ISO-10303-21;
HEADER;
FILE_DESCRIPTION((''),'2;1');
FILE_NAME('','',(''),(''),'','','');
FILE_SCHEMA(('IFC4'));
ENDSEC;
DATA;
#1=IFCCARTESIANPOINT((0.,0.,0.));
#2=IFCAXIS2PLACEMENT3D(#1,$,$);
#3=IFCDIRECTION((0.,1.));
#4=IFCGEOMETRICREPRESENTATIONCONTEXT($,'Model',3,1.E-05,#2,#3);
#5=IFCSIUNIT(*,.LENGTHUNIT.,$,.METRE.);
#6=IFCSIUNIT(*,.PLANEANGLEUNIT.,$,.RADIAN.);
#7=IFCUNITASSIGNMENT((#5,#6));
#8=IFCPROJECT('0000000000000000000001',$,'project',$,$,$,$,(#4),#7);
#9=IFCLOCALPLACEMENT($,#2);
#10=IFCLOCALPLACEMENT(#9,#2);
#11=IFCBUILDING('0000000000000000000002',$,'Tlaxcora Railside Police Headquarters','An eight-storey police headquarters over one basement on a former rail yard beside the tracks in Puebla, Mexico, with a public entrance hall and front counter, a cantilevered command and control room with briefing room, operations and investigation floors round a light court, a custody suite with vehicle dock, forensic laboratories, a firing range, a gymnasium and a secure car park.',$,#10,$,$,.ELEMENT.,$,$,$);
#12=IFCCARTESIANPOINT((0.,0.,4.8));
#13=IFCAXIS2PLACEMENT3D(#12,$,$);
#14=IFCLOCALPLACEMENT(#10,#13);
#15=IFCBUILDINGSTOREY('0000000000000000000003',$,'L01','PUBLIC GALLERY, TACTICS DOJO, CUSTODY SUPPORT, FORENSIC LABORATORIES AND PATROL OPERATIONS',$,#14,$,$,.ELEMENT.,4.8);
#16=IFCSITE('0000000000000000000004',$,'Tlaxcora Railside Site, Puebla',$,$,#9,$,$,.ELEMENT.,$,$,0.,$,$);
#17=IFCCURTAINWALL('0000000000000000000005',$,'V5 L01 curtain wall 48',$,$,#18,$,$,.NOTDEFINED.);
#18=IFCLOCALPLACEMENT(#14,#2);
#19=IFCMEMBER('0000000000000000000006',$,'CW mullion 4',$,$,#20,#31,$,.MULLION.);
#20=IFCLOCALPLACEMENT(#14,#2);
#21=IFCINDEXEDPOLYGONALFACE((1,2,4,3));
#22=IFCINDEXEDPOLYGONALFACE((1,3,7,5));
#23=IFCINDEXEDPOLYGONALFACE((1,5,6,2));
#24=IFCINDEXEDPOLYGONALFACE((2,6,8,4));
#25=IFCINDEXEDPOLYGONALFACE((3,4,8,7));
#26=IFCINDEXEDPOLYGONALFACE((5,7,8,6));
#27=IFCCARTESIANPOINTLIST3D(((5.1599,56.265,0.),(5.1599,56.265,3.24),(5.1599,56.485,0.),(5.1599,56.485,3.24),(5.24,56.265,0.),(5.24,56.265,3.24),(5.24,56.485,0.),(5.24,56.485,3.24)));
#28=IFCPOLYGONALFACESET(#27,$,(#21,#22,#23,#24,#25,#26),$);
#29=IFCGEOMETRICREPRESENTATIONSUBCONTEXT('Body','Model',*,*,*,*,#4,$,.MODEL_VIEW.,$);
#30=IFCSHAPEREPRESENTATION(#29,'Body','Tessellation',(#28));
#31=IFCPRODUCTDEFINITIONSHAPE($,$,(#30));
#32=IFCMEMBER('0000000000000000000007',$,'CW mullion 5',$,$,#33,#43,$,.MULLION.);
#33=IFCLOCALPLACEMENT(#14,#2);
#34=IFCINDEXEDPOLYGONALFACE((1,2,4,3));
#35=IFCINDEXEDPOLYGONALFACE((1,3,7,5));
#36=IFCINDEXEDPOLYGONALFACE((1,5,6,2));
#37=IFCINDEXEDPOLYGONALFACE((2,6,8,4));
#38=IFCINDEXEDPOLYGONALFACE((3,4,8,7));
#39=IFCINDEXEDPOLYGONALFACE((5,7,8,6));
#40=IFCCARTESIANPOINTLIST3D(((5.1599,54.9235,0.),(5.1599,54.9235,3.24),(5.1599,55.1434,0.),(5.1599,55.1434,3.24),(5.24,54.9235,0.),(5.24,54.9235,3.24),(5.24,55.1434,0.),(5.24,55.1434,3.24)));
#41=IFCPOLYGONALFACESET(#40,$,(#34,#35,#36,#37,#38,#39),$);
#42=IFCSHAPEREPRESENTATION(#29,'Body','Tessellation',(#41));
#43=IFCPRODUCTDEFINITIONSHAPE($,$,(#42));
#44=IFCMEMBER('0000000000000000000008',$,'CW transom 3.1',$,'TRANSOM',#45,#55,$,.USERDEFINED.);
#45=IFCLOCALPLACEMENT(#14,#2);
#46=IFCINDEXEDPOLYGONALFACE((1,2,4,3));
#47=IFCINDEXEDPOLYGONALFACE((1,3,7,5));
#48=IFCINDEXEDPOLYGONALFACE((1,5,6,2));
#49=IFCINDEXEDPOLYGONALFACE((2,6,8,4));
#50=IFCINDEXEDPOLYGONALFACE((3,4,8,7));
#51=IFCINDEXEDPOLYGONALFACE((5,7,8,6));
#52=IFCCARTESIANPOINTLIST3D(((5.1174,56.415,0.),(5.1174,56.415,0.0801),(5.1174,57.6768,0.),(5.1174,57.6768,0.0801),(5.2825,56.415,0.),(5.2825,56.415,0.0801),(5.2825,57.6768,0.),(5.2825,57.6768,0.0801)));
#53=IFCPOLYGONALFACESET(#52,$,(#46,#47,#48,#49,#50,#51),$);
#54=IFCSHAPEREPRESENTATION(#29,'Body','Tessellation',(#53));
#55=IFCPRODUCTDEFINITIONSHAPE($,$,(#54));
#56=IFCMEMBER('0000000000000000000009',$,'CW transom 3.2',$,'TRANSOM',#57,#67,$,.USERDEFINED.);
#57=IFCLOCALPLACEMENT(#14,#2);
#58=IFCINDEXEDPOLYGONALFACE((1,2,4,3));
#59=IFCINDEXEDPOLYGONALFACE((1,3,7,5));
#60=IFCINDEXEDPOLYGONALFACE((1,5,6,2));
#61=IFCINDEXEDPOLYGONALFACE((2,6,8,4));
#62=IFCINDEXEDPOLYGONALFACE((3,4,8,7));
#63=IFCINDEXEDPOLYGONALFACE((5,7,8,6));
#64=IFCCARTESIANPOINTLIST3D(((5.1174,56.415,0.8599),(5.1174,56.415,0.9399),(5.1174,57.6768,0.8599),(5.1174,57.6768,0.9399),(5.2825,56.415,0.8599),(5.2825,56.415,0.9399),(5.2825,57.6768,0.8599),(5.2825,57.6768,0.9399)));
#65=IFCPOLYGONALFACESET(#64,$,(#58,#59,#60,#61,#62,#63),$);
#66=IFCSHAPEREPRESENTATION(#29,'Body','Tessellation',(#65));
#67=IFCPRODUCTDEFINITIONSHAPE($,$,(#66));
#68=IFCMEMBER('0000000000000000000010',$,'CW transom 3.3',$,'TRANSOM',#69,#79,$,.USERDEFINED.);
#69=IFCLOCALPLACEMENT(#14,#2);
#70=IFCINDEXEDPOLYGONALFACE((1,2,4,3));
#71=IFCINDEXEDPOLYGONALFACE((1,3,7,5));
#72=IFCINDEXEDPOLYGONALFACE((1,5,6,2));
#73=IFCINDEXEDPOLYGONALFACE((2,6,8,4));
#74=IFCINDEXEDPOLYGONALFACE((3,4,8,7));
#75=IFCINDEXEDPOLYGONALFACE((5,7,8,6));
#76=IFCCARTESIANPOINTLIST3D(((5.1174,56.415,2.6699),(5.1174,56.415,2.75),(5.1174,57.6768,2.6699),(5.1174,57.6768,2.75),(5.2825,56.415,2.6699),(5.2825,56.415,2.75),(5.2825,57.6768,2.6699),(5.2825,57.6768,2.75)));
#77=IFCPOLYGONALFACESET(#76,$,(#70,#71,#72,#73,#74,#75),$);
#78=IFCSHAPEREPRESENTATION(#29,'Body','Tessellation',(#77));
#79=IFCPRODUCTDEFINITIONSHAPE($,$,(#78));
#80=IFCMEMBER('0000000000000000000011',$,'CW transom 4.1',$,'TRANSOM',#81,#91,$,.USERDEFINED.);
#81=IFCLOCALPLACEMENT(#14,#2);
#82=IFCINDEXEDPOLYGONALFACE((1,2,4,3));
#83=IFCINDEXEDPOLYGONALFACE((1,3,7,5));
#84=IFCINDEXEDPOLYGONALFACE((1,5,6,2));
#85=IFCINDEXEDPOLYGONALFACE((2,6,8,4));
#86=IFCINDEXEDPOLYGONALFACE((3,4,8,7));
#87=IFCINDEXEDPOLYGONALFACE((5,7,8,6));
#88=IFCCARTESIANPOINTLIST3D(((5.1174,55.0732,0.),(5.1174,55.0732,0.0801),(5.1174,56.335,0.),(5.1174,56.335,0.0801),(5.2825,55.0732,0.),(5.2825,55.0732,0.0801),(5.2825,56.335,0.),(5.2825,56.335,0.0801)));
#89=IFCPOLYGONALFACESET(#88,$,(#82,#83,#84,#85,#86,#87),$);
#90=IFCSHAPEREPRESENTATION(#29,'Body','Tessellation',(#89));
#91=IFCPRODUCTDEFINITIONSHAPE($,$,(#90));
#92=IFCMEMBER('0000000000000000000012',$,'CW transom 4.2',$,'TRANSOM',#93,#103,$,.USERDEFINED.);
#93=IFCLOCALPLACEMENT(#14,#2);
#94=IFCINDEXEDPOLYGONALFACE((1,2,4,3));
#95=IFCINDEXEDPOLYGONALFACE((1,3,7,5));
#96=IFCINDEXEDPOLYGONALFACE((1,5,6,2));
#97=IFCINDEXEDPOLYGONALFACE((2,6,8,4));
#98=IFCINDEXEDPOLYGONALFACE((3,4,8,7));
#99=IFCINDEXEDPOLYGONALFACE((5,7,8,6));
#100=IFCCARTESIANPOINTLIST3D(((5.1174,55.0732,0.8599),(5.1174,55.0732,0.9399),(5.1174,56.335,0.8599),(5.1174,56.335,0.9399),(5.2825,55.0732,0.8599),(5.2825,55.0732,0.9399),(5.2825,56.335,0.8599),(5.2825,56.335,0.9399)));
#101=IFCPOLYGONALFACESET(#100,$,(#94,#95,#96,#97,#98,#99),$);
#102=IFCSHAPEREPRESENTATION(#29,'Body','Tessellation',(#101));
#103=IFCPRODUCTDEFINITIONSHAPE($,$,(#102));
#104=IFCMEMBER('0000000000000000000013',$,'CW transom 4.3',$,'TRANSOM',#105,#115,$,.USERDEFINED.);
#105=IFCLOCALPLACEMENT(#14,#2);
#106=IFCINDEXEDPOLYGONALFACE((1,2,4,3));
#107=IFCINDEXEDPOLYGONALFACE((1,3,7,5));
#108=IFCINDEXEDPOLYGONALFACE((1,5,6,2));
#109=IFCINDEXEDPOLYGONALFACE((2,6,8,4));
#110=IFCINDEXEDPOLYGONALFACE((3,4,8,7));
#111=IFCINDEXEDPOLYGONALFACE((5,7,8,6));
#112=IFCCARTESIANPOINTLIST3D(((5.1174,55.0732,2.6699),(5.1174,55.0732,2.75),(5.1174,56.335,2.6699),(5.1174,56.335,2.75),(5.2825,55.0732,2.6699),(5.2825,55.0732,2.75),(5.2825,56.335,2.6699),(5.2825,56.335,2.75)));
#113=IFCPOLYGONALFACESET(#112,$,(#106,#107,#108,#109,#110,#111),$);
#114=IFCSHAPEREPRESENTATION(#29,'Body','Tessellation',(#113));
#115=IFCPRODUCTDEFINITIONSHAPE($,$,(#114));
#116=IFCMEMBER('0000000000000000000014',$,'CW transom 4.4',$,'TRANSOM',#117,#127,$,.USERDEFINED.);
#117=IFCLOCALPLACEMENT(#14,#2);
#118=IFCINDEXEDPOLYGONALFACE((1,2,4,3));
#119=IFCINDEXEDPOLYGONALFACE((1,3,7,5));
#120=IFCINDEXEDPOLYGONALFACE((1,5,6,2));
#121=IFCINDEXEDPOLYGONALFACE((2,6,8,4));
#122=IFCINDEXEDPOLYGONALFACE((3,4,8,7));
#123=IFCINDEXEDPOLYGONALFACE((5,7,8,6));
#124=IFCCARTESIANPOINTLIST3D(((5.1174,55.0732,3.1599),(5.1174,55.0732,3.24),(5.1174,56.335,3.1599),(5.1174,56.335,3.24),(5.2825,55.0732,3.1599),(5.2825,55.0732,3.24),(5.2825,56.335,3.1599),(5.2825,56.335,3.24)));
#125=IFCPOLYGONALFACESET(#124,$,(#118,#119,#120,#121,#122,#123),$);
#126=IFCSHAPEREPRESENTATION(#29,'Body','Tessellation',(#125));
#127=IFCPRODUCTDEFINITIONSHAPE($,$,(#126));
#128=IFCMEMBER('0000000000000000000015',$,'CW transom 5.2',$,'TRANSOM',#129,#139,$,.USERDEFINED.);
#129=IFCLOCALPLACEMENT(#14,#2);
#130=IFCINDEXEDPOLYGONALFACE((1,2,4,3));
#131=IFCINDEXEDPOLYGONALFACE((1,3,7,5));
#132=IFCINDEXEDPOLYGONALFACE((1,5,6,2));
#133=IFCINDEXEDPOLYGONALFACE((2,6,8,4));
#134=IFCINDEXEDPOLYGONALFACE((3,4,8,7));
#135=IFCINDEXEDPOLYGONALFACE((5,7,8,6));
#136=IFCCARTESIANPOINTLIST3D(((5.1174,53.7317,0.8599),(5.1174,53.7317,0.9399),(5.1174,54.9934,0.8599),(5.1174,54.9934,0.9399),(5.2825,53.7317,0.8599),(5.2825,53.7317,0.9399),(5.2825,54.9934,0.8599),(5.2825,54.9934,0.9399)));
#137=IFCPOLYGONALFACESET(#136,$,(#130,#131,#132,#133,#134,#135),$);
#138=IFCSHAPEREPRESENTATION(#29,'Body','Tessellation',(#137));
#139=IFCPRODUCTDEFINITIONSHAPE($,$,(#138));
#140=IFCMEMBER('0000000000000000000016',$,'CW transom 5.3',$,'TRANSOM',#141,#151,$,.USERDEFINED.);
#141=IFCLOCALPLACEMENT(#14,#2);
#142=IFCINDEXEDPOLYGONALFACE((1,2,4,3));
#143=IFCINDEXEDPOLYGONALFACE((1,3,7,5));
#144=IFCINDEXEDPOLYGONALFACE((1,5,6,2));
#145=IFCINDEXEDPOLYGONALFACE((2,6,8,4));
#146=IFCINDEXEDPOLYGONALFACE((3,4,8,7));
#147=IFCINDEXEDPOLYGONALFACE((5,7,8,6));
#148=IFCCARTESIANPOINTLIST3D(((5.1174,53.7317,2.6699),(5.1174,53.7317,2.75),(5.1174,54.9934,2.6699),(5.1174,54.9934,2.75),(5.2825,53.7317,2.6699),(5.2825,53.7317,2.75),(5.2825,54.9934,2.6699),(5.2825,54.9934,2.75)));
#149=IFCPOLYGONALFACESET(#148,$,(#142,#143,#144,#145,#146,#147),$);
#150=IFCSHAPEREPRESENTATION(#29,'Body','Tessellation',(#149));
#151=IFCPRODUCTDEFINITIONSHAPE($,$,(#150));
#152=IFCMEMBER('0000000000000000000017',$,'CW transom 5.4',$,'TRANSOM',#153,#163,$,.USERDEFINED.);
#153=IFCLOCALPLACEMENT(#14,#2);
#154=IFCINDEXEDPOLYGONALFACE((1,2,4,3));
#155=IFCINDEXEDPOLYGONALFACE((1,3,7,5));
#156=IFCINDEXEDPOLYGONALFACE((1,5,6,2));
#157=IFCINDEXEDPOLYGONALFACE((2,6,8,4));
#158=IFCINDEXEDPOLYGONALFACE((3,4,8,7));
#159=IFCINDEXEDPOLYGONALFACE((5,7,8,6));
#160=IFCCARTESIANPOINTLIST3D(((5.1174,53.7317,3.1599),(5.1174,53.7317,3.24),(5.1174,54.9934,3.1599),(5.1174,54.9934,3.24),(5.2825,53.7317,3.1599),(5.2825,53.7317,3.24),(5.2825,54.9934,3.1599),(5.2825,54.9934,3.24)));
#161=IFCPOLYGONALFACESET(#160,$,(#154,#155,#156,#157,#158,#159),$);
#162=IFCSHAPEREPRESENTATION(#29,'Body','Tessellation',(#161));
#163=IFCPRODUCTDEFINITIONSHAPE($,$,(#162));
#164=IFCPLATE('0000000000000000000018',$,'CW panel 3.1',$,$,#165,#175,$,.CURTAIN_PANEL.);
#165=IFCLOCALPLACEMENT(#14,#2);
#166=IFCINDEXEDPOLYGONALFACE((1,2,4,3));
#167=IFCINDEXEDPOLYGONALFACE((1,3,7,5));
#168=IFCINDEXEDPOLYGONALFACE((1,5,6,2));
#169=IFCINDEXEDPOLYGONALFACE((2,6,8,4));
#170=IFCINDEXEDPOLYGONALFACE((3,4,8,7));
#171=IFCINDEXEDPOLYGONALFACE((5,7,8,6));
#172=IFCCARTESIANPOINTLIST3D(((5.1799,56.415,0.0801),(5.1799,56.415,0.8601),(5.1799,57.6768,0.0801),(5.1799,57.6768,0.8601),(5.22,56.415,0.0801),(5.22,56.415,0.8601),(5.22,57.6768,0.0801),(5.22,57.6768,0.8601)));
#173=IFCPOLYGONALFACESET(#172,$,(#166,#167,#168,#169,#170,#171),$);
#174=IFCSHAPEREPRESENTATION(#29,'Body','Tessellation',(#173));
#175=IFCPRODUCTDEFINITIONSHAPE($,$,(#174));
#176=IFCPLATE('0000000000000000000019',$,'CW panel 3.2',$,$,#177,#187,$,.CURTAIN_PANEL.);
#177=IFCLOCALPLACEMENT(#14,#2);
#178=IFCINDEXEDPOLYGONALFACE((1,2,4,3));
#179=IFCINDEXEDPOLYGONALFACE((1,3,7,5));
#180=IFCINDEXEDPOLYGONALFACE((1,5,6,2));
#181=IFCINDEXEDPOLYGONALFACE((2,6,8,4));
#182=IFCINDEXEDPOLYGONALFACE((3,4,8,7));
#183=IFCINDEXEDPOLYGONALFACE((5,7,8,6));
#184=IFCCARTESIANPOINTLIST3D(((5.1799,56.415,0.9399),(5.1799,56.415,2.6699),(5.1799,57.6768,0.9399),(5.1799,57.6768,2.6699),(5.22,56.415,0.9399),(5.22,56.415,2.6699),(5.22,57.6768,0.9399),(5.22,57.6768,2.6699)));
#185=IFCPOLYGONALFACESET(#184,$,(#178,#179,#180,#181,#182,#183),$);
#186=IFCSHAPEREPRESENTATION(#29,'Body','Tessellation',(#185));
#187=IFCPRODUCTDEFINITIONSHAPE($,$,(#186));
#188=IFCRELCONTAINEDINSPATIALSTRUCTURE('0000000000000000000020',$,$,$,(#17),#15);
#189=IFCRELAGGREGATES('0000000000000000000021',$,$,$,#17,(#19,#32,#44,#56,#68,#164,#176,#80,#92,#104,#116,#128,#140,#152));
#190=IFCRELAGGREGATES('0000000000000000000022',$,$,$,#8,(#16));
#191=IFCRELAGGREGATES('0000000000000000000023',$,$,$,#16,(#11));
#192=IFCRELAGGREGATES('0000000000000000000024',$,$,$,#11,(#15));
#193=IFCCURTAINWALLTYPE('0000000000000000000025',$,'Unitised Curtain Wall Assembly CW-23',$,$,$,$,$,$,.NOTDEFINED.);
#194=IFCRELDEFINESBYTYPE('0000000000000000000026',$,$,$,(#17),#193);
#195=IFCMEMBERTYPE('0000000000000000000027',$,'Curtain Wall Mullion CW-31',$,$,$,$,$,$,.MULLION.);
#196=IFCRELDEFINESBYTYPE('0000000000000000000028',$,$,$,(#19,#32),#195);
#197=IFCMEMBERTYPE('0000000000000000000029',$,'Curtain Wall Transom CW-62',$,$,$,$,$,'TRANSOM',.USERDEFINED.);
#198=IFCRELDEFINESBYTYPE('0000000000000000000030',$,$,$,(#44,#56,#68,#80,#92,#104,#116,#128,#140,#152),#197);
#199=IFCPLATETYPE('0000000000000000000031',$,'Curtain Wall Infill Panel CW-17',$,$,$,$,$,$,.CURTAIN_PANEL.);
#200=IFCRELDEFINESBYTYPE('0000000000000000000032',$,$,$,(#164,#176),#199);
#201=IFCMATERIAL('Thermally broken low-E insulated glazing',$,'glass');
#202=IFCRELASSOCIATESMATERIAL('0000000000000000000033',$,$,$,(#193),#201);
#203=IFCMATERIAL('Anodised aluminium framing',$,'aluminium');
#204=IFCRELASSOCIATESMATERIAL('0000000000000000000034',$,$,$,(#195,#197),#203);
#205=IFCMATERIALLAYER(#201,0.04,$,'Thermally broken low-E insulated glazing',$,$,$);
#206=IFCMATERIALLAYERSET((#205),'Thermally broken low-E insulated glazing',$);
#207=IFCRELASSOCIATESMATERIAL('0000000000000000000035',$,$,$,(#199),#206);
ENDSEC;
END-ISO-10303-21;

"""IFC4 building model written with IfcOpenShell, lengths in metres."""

from ifc_helpers import new_model, si_unit, direction, frame, origin, origin_2d, place, context, subcontext, project, spatial, rectangle, extrude, material, layer, layer_set, material_profile, profile_set, type_object, element, aggregate, save


model = new_model("IFC4")

# Units and contexts
model_context = context("Model", 3, precision=1e-05, world=origin(), true_north=direction((0.0, 1.0)))
body_context = subcontext(model_context, "Body", "Model", "MODEL_VIEW")
ifc_project = project(units=[si_unit("LENGTHUNIT", "METRE"), si_unit("PLANEANGLEUNIT", "RADIAN")], contexts=[model_context])

# Site, building, storey
site_placement = place(None, origin())
site = spatial("IfcSite", under=ifc_project, at=site_placement, Name="Tlaxcora Railside Site, Puebla", CompositionType="ELEMENT", RefElevation=0.0)
building_placement = place(site_placement, origin())
building = spatial("IfcBuilding", under=site, at=building_placement, Name="Tlaxcora Railside Police Headquarters", Description="An eight-storey police headquarters over one basement on a former rail yard beside the tracks in Puebla, Mexico, with a public entrance hall and front counter, a cantilevered command and control room with briefing room, operations and investigation floors round a light court, a custody suite with vehicle dock, forensic laboratories, a firing range, a gymnasium and a secure car park.", CompositionType="ELEMENT")
storey_placement = place(building_placement, frame((0.0, 0.0, 4.8)))
storey = spatial("IfcBuildingStorey", under=building, at=storey_placement, Name="L01", Description="PUBLIC GALLERY, TACTICS DOJO, CUSTODY SUPPORT, FORENSIC LABORATORIES AND PATROL OPERATIONS", CompositionType="ELEMENT", Elevation=4.8)

# Curtain wall, members, plates
ifc_material_1 = material(Name="Thermally broken low-E insulated glazing", Category="glass")
curtain_wall_type = type_object("IfcCurtainWallType", Name="Unitised Curtain Wall Assembly CW-23", PredefinedType="NOTDEFINED", material=ifc_material_1)
curtain_wall_placement = place(storey_placement, origin())
curtain_wall = element("IfcCurtainWall", 1, at=curtain_wall_placement, inside=storey, type_object=curtain_wall_type, Name="V5 L01 curtain wall 48", PredefinedType="NOTDEFINED")
ifc_material_2 = material(Name="Anodised aluminium framing", Category="aluminium")
ifc_material_profile_1 = material_profile(ifc_material_2, rectangle(XDim=0.0801, YDim=0.22, at=origin_2d()), Name="AL80X220")
ifc_profile_set_1 = profile_set([ifc_material_profile_1], Name="Anodised aluminium framing")
member_type_1 = type_object("IfcMemberType", Name="Curtain Wall Mullion CW-31", PredefinedType="MULLION", material=ifc_profile_set_1)
member_1_placement = place(storey_placement, frame((5.2, 56.375, 0.0), z_axis=(0.0, 0.0, 1.0), x_axis=(1.0, 0.0, 0.0)))
member_1 = element("IfcMember", 2, at=member_1_placement, type_object=member_type_1, Name="CW mullion 4", PredefinedType="MULLION", context=body_context, shape_type="SweptSolid", body=[
    extrude(rectangle(XDim=0.0801, YDim=0.22, at=origin_2d()), origin(), (0.0, 0.0, 1.0), 3.24),
])
member_2_placement = place(storey_placement, frame((5.2, 55.0334, 0.0), z_axis=(0.0, 0.0, 1.0), x_axis=(1.0, 0.0, 0.0)))
member_2 = element("IfcMember", 3, at=member_2_placement, type_object=member_type_1, Name="CW mullion 5", PredefinedType="MULLION", context=body_context, shape_type="SweptSolid", body=[
    extrude(rectangle(XDim=0.0801, YDim=0.22, at=origin_2d()), origin(), (0.0, 0.0, 1.0), 3.24),
])
ifc_material_profile_2 = material_profile(ifc_material_2, rectangle(XDim=0.165, YDim=0.0801, at=origin_2d()), Name="AL80X165")
ifc_profile_set_2 = profile_set([ifc_material_profile_2], Name="Anodised aluminium framing")
member_type_2 = type_object("IfcMemberType", Name="Curtain Wall Transom CW-62", ElementType="TRANSOM", PredefinedType="USERDEFINED", material=ifc_profile_set_2)
member_3_placement = place(storey_placement, frame((5.2, 57.6768, 0.04), z_axis=(0.0, -1.0, 0.0), x_axis=(1.0, 0.0, 0.0)))
member_3 = element("IfcMember", 4, at=member_3_placement, type_object=member_type_2, Name="CW transom 3.1", ObjectType="TRANSOM", PredefinedType="USERDEFINED", context=body_context, shape_type="SweptSolid", body=[
    extrude(rectangle(XDim=0.165, YDim=0.0801, at=origin_2d()), origin(), (0.0, 0.0, 1.0), 1.2617),
])
member_4_placement = place(storey_placement, frame((5.2, 57.6768, 0.8999), z_axis=(0.0, -1.0, 0.0), x_axis=(1.0, 0.0, 0.0)))
member_4 = element("IfcMember", 5, at=member_4_placement, type_object=member_type_2, Name="CW transom 3.2", ObjectType="TRANSOM", PredefinedType="USERDEFINED", context=body_context, shape_type="SweptSolid", body=[
    extrude(rectangle(XDim=0.165, YDim=0.0801, at=origin_2d()), origin(), (0.0, 0.0, 1.0), 1.2617),
])
member_5_placement = place(storey_placement, frame((5.2, 57.6768, 2.71), z_axis=(0.0, -1.0, 0.0), x_axis=(1.0, 0.0, 0.0)))
member_5 = element("IfcMember", 6, at=member_5_placement, type_object=member_type_2, Name="CW transom 3.3", ObjectType="TRANSOM", PredefinedType="USERDEFINED", context=body_context, shape_type="SweptSolid", body=[
    extrude(rectangle(XDim=0.165, YDim=0.0801, at=origin_2d()), origin(), (0.0, 0.0, 1.0), 1.2617),
])
member_6_placement = place(storey_placement, frame((5.2, 56.335, 0.04), z_axis=(0.0, -1.0, 0.0), x_axis=(1.0, 0.0, 0.0)))
member_6 = element("IfcMember", 7, at=member_6_placement, type_object=member_type_2, Name="CW transom 4.1", ObjectType="TRANSOM", PredefinedType="USERDEFINED", context=body_context, shape_type="SweptSolid", body=[
    extrude(rectangle(XDim=0.165, YDim=0.0801, at=origin_2d()), origin(), (0.0, 0.0, 1.0), 1.2617),
])
member_7_placement = place(storey_placement, frame((5.2, 56.335, 0.8999), z_axis=(0.0, -1.0, 0.0), x_axis=(1.0, 0.0, 0.0)))
member_7 = element("IfcMember", 8, at=member_7_placement, type_object=member_type_2, Name="CW transom 4.2", ObjectType="TRANSOM", PredefinedType="USERDEFINED", context=body_context, shape_type="SweptSolid", body=[
    extrude(rectangle(XDim=0.165, YDim=0.0801, at=origin_2d()), origin(), (0.0, 0.0, 1.0), 1.2617),
])
member_8_placement = place(storey_placement, frame((5.2, 56.335, 2.71), z_axis=(0.0, -1.0, 0.0), x_axis=(1.0, 0.0, 0.0)))
member_8 = element("IfcMember", 9, at=member_8_placement, type_object=member_type_2, Name="CW transom 4.3", ObjectType="TRANSOM", PredefinedType="USERDEFINED", context=body_context, shape_type="SweptSolid", body=[
    extrude(rectangle(XDim=0.165, YDim=0.0801, at=origin_2d()), origin(), (0.0, 0.0, 1.0), 1.2617),
])
member_9_placement = place(storey_placement, frame((5.2, 56.335, 3.2), z_axis=(0.0, -1.0, 0.0), x_axis=(1.0, 0.0, 0.0)))
member_9 = element("IfcMember", 10, at=member_9_placement, type_object=member_type_2, Name="CW transom 4.4", ObjectType="TRANSOM", PredefinedType="USERDEFINED", context=body_context, shape_type="SweptSolid", body=[
    extrude(rectangle(XDim=0.165, YDim=0.0801, at=origin_2d()), origin(), (0.0, 0.0, 1.0), 1.2617),
])
member_10_placement = place(storey_placement, frame((5.2, 54.9934, 0.8999), z_axis=(0.0, -1.0, 0.0), x_axis=(1.0, 0.0, 0.0)))
member_10 = element("IfcMember", 11, at=member_10_placement, type_object=member_type_2, Name="CW transom 5.2", ObjectType="TRANSOM", PredefinedType="USERDEFINED", context=body_context, shape_type="SweptSolid", body=[
    extrude(rectangle(XDim=0.165, YDim=0.0801, at=origin_2d()), origin(), (0.0, 0.0, 1.0), 1.2617),
])
member_11_placement = place(storey_placement, frame((5.2, 54.9934, 2.71), z_axis=(0.0, -1.0, 0.0), x_axis=(1.0, 0.0, 0.0)))
member_11 = element("IfcMember", 12, at=member_11_placement, type_object=member_type_2, Name="CW transom 5.3", ObjectType="TRANSOM", PredefinedType="USERDEFINED", context=body_context, shape_type="SweptSolid", body=[
    extrude(rectangle(XDim=0.165, YDim=0.0801, at=origin_2d()), origin(), (0.0, 0.0, 1.0), 1.2617),
])
member_12_placement = place(storey_placement, frame((5.2, 54.9934, 3.2), z_axis=(0.0, -1.0, 0.0), x_axis=(1.0, 0.0, 0.0)))
member_12 = element("IfcMember", 13, at=member_12_placement, type_object=member_type_2, Name="CW transom 5.4", ObjectType="TRANSOM", PredefinedType="USERDEFINED", context=body_context, shape_type="SweptSolid", body=[
    extrude(rectangle(XDim=0.165, YDim=0.0801, at=origin_2d()), origin(), (0.0, 0.0, 1.0), 1.2617),
])
ifc_layer_1 = layer(ifc_material_1, 0.04, Name="Thermally broken low-E insulated glazing")
ifc_layer_set_1 = layer_set([ifc_layer_1], Name="Thermally broken low-E insulated glazing")
plate_type = type_object("IfcPlateType", Name="Curtain Wall Infill Panel CW-17", PredefinedType="CURTAIN_PANEL", material=ifc_layer_set_1)
plate_1_placement = place(storey_placement, frame((5.2, 57.0459, 0.0801), z_axis=(0.0, 0.0, 1.0), x_axis=(0.0, -1.0, 0.0)))
plate_1 = element("IfcPlate", 14, at=plate_1_placement, type_object=plate_type, Name="CW panel 3.1", PredefinedType="CURTAIN_PANEL", context=body_context, shape_type="SweptSolid", body=[
    extrude(rectangle(XDim=1.2617, YDim=0.04, at=origin_2d()), origin(), (0.0, 0.0, 1.0), 0.78),
])
plate_2_placement = place(storey_placement, frame((5.2, 57.0459, 0.9399), z_axis=(0.0, 0.0, 1.0), x_axis=(0.0, -1.0, 0.0)))
plate_2 = element("IfcPlate", 15, at=plate_2_placement, type_object=plate_type, Name="CW panel 3.2", PredefinedType="CURTAIN_PANEL", context=body_context, shape_type="SweptSolid", body=[
    extrude(rectangle(XDim=1.2617, YDim=0.04, at=origin_2d()), origin(), (0.0, 0.0, 1.0), 1.73),
])
aggregate(curtain_wall, [member_1, member_2, member_3, member_4, member_5, plate_1, plate_2, member_6, member_7, member_8, member_9, member_10, member_11, member_12])

save(model, "model.ifc")
